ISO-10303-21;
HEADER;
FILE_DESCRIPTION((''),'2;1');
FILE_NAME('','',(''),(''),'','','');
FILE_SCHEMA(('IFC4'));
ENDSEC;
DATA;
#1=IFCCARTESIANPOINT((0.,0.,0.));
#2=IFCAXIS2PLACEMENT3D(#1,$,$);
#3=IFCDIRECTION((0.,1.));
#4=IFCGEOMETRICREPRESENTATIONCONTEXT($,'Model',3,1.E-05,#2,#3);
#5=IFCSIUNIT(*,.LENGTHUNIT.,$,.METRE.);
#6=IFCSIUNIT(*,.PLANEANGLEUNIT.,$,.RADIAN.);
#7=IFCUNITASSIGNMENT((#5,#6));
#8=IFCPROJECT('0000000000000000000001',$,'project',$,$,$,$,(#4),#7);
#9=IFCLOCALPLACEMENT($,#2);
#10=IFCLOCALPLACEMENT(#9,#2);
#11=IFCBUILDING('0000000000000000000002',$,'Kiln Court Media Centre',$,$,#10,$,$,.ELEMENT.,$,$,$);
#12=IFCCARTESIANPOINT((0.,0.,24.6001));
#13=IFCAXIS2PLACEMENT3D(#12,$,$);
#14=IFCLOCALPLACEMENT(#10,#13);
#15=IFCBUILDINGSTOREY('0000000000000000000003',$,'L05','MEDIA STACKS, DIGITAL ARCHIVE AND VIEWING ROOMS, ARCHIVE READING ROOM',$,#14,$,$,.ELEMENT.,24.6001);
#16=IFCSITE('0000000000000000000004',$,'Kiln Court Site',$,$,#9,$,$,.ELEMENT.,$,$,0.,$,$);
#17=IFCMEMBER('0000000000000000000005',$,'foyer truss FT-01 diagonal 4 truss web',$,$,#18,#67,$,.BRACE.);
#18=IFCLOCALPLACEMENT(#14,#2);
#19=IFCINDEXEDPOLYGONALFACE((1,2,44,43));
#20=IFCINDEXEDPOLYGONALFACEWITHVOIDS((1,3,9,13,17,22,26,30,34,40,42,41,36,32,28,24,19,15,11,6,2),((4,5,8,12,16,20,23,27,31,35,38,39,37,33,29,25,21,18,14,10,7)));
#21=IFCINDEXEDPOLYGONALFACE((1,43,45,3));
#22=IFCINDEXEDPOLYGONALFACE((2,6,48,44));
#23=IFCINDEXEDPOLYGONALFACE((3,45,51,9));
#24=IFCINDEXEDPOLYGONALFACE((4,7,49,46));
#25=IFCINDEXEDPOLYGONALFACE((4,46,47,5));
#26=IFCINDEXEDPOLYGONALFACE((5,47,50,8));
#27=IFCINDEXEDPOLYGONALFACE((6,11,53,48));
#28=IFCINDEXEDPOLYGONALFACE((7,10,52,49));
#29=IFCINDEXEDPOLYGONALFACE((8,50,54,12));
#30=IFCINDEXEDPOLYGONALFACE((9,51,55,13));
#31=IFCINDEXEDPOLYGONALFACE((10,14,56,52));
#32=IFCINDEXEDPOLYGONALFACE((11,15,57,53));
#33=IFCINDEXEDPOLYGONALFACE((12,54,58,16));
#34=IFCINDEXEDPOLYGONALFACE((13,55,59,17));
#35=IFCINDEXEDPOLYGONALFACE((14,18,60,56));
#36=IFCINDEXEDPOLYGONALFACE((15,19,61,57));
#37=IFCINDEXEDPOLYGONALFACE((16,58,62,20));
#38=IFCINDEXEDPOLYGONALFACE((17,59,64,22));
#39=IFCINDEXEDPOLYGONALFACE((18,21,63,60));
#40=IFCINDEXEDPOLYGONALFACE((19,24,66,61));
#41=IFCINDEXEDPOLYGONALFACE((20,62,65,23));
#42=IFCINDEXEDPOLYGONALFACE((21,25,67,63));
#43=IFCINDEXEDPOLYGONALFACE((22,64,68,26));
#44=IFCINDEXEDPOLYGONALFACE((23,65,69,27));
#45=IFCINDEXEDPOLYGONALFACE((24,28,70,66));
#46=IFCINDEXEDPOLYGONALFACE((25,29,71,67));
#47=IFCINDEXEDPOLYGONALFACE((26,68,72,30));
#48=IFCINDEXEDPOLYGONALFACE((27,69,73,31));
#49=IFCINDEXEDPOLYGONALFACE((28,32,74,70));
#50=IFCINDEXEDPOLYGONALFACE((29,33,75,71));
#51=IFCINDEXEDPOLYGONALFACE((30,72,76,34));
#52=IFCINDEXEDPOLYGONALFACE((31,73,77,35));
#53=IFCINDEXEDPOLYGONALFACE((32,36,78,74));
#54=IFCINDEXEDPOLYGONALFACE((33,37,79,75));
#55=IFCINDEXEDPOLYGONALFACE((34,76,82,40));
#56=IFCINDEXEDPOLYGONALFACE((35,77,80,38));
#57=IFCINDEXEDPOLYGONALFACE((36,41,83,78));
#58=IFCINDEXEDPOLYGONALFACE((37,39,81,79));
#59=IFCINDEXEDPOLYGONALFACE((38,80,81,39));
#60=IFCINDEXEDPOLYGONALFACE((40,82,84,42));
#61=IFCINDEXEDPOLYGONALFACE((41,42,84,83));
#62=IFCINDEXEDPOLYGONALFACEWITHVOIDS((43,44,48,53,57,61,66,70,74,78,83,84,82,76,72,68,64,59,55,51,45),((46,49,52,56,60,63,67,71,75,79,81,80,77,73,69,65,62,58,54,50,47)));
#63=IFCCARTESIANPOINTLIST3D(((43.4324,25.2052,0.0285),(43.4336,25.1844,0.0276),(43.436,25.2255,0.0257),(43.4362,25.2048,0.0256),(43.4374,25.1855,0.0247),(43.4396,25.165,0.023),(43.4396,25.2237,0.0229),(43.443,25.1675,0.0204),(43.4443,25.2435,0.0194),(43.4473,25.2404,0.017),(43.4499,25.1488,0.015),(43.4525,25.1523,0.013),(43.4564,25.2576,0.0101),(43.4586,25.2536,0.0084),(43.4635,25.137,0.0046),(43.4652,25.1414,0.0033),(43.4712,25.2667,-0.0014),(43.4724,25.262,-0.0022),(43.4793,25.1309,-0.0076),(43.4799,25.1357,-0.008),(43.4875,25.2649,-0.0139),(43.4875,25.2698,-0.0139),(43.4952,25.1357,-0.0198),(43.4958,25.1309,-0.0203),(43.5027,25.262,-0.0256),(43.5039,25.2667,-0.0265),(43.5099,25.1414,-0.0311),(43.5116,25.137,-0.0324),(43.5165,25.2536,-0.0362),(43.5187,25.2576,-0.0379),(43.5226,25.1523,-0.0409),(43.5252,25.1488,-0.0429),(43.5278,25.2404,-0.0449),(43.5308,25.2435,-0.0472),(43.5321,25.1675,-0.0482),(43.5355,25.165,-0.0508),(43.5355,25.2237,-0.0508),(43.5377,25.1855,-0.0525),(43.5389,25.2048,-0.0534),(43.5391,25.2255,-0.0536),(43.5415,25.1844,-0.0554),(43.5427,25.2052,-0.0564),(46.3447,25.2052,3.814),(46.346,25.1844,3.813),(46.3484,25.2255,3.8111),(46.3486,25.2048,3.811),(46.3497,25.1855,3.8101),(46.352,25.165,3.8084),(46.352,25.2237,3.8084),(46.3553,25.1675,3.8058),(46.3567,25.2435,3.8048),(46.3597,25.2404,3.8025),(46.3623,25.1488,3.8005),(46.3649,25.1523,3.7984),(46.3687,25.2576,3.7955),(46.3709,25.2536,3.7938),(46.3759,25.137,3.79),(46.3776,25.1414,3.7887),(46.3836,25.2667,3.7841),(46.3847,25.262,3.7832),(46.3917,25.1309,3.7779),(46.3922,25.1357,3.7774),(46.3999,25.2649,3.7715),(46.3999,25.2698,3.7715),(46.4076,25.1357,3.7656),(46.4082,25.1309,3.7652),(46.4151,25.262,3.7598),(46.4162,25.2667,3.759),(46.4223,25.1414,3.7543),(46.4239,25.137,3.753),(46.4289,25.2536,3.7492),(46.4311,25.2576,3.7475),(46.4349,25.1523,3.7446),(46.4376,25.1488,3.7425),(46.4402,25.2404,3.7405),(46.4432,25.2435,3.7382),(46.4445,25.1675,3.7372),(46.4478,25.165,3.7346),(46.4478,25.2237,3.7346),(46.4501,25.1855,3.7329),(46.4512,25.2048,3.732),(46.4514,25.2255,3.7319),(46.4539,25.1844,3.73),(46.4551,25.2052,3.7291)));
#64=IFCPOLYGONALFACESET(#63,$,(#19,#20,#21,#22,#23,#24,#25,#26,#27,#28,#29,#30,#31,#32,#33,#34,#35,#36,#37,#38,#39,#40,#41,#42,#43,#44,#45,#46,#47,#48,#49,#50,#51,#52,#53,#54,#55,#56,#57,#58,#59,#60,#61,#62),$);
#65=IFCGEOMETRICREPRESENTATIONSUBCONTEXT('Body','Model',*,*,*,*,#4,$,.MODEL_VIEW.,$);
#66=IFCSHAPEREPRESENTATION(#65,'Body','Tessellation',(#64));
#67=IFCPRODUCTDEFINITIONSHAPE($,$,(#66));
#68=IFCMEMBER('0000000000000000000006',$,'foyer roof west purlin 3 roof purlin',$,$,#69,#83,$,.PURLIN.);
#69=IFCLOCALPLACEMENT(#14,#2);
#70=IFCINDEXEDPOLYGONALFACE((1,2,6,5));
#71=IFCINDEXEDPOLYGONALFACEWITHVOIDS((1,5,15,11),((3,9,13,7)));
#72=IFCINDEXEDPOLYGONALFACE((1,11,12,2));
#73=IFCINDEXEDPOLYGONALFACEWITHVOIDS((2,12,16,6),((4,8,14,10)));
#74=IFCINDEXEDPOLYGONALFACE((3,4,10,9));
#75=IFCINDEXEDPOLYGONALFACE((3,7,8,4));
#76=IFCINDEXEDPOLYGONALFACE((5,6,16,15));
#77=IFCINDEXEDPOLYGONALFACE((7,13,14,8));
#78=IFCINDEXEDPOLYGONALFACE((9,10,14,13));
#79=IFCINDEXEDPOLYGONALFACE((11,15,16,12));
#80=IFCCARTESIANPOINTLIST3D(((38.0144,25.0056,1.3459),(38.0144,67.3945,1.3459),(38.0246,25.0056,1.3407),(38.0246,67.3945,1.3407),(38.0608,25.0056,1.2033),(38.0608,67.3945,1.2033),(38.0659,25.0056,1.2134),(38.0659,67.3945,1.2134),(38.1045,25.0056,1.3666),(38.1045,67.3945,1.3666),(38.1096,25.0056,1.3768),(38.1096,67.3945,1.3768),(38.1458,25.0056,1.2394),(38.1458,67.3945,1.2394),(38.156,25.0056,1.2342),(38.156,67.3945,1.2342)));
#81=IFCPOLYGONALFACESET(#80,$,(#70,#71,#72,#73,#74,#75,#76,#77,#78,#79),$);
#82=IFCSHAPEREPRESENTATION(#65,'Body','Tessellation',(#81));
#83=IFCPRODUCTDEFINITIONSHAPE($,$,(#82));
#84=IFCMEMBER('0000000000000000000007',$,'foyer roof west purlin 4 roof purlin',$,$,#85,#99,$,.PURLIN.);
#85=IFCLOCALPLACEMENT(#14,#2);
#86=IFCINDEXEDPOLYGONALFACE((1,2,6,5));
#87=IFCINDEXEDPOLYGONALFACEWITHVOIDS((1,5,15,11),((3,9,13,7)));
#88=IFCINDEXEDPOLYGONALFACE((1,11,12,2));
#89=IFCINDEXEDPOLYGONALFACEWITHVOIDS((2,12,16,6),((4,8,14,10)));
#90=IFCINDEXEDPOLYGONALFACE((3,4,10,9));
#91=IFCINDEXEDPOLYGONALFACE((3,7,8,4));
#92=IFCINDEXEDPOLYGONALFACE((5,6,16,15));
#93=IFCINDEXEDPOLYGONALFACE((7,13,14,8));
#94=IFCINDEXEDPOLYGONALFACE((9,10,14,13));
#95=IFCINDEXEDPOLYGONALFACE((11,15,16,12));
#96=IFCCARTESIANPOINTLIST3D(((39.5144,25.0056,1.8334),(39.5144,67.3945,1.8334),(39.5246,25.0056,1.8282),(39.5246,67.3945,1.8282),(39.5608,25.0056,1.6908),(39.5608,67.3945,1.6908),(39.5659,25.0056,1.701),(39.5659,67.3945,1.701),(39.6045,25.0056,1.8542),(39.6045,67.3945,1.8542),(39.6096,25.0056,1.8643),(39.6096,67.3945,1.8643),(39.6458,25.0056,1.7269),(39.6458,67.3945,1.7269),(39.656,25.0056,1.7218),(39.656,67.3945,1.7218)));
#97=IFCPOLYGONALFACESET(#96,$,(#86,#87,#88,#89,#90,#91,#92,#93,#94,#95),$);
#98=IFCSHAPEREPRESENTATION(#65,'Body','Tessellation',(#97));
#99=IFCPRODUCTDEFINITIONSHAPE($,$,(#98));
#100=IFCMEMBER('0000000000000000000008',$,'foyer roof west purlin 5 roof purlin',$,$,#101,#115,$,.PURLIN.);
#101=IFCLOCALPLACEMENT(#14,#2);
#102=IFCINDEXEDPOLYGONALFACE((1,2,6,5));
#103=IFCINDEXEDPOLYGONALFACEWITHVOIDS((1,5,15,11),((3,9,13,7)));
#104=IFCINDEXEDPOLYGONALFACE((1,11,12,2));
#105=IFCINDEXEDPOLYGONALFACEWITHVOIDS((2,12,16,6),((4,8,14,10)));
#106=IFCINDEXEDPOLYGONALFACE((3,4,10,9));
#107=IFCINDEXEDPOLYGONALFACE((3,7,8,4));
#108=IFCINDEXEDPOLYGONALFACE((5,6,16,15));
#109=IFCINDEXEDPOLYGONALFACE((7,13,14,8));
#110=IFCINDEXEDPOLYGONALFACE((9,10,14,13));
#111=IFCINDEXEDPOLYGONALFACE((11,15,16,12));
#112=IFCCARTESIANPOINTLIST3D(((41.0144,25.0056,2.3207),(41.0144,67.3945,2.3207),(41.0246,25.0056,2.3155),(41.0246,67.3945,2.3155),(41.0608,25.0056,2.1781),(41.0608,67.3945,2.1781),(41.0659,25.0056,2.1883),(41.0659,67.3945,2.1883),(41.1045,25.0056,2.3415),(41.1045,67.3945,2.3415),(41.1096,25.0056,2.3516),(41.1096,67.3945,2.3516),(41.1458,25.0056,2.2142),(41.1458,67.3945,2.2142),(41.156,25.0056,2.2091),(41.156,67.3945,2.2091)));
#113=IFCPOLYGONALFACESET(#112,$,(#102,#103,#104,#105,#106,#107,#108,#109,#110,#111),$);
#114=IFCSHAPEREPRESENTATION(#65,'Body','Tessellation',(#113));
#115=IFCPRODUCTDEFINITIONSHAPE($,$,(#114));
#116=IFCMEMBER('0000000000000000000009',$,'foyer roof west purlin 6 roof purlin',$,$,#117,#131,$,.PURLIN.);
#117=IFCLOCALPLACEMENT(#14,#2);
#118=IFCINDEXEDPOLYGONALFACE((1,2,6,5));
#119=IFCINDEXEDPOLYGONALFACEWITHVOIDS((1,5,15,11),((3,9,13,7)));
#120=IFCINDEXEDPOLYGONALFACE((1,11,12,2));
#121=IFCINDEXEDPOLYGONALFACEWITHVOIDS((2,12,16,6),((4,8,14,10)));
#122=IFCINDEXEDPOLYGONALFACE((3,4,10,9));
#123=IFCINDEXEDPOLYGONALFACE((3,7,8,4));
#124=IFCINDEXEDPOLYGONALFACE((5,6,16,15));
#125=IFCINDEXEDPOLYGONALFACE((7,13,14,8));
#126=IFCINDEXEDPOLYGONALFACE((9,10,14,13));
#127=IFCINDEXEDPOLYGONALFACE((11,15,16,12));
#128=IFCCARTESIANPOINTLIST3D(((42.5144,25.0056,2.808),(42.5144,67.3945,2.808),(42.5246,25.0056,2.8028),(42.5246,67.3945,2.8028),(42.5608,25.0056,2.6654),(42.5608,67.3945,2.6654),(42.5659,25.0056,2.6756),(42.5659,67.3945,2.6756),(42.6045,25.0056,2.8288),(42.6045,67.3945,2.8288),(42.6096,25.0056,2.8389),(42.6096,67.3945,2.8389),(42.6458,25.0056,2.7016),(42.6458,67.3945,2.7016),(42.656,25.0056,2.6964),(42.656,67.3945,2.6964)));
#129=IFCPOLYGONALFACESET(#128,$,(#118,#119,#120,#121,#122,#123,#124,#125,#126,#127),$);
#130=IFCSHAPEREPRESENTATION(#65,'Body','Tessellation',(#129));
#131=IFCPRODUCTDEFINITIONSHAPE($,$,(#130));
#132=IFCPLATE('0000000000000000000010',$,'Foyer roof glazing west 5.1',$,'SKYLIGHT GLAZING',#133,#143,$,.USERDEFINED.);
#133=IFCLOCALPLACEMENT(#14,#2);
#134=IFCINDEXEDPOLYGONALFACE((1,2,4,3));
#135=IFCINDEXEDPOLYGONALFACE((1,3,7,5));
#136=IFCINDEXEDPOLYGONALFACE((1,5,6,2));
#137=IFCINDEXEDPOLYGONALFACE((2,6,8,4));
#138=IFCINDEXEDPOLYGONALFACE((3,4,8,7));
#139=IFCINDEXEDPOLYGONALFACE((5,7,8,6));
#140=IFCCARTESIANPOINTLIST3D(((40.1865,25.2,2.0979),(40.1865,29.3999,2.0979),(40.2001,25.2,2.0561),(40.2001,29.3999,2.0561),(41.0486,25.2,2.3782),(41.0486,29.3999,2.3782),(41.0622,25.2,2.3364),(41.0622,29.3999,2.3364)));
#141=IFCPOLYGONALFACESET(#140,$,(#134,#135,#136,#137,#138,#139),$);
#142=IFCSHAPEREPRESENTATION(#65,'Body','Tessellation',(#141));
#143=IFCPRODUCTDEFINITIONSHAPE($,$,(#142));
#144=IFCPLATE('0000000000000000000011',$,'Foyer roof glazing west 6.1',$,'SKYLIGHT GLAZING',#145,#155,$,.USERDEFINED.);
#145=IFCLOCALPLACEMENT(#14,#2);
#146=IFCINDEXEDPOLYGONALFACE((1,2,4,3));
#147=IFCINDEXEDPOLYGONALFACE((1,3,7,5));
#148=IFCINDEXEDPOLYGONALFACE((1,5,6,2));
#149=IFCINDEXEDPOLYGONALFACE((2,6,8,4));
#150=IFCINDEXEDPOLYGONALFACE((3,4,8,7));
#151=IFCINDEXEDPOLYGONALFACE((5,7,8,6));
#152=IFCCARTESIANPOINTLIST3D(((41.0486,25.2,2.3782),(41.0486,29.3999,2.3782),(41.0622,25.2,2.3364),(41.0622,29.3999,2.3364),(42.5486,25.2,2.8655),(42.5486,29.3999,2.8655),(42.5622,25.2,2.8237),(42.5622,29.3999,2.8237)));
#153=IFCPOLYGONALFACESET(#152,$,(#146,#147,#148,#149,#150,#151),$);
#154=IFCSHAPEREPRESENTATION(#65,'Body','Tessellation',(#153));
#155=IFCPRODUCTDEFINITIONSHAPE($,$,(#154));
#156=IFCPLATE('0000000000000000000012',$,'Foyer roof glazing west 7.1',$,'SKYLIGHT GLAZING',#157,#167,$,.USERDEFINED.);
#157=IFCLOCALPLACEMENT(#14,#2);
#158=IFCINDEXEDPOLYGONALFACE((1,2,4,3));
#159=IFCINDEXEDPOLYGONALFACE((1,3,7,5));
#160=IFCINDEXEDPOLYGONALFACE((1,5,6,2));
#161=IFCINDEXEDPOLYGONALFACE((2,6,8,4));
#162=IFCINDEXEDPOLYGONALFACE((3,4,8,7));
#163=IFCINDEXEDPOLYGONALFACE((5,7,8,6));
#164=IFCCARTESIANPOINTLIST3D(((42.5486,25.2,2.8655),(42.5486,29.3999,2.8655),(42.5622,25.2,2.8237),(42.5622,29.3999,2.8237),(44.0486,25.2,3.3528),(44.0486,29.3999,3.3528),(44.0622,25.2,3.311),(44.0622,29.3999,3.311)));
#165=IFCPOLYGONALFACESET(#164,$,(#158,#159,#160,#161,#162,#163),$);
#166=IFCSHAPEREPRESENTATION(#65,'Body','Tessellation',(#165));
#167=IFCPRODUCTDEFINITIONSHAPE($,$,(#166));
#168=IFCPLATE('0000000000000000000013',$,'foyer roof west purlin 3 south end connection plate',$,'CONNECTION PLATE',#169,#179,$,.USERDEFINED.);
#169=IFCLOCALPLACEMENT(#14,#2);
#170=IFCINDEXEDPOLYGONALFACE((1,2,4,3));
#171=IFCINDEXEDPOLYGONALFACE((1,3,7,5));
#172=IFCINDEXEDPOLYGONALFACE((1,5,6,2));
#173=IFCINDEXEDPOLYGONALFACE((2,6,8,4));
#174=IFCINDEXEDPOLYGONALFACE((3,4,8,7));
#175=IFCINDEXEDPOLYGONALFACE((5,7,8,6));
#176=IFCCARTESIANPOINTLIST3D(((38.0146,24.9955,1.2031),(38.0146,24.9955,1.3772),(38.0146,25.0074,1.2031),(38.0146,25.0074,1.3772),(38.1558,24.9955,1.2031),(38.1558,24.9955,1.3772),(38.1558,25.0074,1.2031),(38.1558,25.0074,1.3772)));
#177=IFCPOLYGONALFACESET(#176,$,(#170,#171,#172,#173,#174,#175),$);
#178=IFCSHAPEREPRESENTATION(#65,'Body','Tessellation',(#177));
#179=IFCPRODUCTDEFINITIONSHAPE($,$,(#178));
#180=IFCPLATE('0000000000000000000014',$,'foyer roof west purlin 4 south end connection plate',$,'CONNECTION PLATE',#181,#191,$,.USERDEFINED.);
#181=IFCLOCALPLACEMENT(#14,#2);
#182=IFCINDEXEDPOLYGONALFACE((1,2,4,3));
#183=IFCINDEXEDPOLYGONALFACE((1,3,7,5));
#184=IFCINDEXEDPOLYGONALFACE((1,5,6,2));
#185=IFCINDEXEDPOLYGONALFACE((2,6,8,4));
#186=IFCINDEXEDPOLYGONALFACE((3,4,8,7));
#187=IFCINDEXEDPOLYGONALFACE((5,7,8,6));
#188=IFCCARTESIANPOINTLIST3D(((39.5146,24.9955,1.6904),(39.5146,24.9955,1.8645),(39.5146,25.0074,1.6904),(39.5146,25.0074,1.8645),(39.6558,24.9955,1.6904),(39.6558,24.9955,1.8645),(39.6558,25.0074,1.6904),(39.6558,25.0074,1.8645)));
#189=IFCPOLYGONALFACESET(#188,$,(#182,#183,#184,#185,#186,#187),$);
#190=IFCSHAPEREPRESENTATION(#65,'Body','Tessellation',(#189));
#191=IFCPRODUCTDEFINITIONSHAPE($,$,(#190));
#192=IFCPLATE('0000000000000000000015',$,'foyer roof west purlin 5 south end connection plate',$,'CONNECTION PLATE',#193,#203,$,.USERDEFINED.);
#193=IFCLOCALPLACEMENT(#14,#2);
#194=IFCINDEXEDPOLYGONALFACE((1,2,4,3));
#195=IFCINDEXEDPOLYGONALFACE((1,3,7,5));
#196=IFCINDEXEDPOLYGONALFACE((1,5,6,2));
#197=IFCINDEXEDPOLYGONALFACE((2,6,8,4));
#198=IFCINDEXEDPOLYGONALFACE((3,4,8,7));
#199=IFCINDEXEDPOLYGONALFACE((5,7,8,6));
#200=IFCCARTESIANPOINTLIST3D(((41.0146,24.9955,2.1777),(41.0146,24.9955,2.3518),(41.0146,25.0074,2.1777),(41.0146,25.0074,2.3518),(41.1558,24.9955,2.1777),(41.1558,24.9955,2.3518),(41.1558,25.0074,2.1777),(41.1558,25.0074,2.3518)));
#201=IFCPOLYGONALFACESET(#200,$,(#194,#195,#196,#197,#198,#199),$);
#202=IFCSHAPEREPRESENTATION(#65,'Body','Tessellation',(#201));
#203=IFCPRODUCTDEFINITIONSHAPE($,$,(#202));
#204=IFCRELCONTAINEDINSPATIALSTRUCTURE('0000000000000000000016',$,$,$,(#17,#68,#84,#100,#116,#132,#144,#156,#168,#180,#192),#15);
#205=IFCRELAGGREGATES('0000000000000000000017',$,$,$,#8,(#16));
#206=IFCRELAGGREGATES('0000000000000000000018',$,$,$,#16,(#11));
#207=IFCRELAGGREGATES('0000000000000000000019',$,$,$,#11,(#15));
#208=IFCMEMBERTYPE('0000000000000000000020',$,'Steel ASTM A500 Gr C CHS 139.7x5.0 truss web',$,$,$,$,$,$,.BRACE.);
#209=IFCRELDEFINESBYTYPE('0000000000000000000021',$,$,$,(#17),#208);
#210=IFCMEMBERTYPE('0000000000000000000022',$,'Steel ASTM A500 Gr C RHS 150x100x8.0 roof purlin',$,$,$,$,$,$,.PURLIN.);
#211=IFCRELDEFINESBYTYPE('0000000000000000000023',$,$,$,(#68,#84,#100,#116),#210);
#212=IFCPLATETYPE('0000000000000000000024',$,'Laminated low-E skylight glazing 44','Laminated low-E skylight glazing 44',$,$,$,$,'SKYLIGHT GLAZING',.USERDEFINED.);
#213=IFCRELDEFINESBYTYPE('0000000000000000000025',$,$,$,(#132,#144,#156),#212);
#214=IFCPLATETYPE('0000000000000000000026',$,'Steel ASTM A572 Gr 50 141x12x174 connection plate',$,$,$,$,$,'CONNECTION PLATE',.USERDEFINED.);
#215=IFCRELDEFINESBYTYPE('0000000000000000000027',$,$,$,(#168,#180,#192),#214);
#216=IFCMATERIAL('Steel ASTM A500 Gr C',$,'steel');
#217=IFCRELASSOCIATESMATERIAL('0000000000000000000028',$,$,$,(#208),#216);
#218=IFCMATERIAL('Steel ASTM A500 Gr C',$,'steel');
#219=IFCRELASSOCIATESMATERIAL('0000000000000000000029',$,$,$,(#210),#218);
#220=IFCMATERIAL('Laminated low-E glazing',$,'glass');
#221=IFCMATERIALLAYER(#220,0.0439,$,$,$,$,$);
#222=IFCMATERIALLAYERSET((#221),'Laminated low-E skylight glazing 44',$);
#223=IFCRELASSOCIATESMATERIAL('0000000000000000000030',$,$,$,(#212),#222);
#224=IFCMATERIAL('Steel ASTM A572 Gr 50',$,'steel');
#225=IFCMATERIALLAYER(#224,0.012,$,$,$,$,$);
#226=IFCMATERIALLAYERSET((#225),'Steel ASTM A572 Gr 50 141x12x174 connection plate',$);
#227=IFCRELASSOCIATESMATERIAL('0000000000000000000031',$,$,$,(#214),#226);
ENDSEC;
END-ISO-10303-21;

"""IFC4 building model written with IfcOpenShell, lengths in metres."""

from ifc_helpers import new_model, si_unit, direction, frame, origin, origin_2d, place, context, subcontext, project, spatial, polyline, rectangle, hollow_rectangle, hollow_circle, outline, extrude, material, layer, layer_set, material_profile, profile_set, type_object, element, save


model = new_model("IFC4")

# Units and contexts
model_context = context("Model", 3, precision=1e-05, world=origin(), true_north=direction((0.0, 1.0)))
body_context = subcontext(model_context, "Body", "Model", "MODEL_VIEW")
ifc_project = project(units=[si_unit("LENGTHUNIT", "METRE"), si_unit("PLANEANGLEUNIT", "RADIAN")], contexts=[model_context])

# Site, building, storey
site_placement = place(None, origin())
site = spatial("IfcSite", under=ifc_project, at=site_placement, Name="Kiln Court Site", CompositionType="ELEMENT", RefElevation=0.0)
building_placement = place(site_placement, origin())
building = spatial("IfcBuilding", under=site, at=building_placement, Name="Kiln Court Media Centre", CompositionType="ELEMENT")
storey_placement = place(building_placement, frame((0.0, 0.0, 24.6001)))
storey = spatial("IfcBuildingStorey", under=building, at=storey_placement, Name="L05", Description="MEDIA STACKS, DIGITAL ARCHIVE AND VIEWING ROOMS, ARCHIVE READING ROOM", CompositionType="ELEMENT", Elevation=24.6001)

# Members
ifc_material_1 = material(Name="Steel ASTM A500 Gr C", Category="steel")
ifc_material_profile_1 = material_profile(ifc_material_1, hollow_circle(Radius=0.0698, WallThickness=0.0049, at=origin_2d()), Name="CHS 139.7x5.0")
ifc_profile_set_1 = profile_set([ifc_material_profile_1], Name="Steel ASTM A500 Gr C")
member_type_1 = type_object("IfcMemberType", Name="Steel ASTM A500 Gr C CHS 139.7x5.0 truss web", PredefinedType="BRACE", material=ifc_profile_set_1)
member_1_placement = place(storey_placement, frame((43.4875, 25.2, -0.0139), z_axis=(0.609777, 0.0, 0.792573), x_axis=(0.0, 1.0, 0.0)))
element("IfcMember", 1, at=member_1_placement, inside=storey, type_object=member_type_1, Name="foyer truss FT-01 diagonal 4 truss web", PredefinedType="BRACE", context=body_context, shape_type="SweptSolid", body=[
    extrude(hollow_circle(Radius=0.0698, WallThickness=0.0049, at=origin_2d()), origin(), (0.0, 0.0, 1.0), 4.7761),
])
ifc_material_2 = material(Name="Steel ASTM A500 Gr C", Category="steel")
ifc_material_profile_2 = material_profile(ifc_material_2, hollow_rectangle(XDim=0.1001, YDim=0.1499, WallThickness=0.0081, at=origin_2d()), Name="RHS 150x100x8.0")
ifc_profile_set_2 = profile_set([ifc_material_profile_2], Name="Steel ASTM A500 Gr C")
member_type_2 = type_object("IfcMemberType", Name="Steel ASTM A500 Gr C RHS 150x100x8.0 roof purlin", PredefinedType="PURLIN", material=ifc_profile_set_2)
for number, where, z_axis, x_axis, name in (
    (2, (38.0852, 25.0056, 1.29), (0.0, 1.0, 0.0), (-0.951057, 0.0, -0.309017), "foyer roof west purlin 3 roof purlin"),
    (3, (39.5852, 25.0056, 1.7776), (0.0, 1.0, 0.0), (-0.951057, 0.0, -0.309017), "foyer roof west purlin 4 roof purlin"),
    (4, (41.0852, 25.0056, 2.2649), (0.0, 1.0, 0.0), (-0.951057, 0.0, -0.309017), "foyer roof west purlin 5 roof purlin"),
    (5, (42.5852, 25.0056, 2.7522), (0.0, 1.0, 0.0), (-0.951057, 0.0, -0.309017), "foyer roof west purlin 6 roof purlin"),
):
    element("IfcMember", number, at=place(storey_placement, frame(where, z_axis=z_axis, x_axis=x_axis)), inside=storey, type_object=member_type_2, Name=name, PredefinedType="PURLIN", context=body_context, shape_type="SweptSolid", body=[
        extrude(hollow_rectangle(XDim=0.1001, YDim=0.1499, WallThickness=0.0081, at=origin_2d()), origin(), (0.0, 0.0, 1.0), 42.3889),
    ])

# Plates
ifc_material_3 = material(Name="Laminated low-E glazing", Category="glass")
ifc_layer_1 = layer(ifc_material_3, 0.0439)
ifc_layer_set_1 = layer_set([ifc_layer_1], Name="Laminated low-E skylight glazing 44")
plate_type_1 = type_object("IfcPlateType", Name="Laminated low-E skylight glazing 44", Description="Laminated low-E skylight glazing 44", ElementType="SKYLIGHT GLAZING", PredefinedType="USERDEFINED", material=ifc_layer_set_1)
plate_placement = place(storey_placement, frame((40.1865, 25.2, 2.0979), z_axis=(-0.30919, 0.0, 0.951), x_axis=(0.951, 0.0, 0.30919)))
element("IfcPlate", 6, at=plate_placement, inside=storey, type_object=plate_type_1, Name="Foyer roof glazing west 5.1", ObjectType="SKYLIGHT GLAZING", PredefinedType="USERDEFINED", context=body_context, shape_type="SweptSolid", body=[
    extrude(outline(polyline([(0.0, 0.0), (0.9065, 0.0), (0.9065, 4.2), (0.0, 4.2), (0.0, 0.0)])), origin(), (0.0, 0.0, -1.0), 0.0439),
])
for number, where, z_axis, x_axis, name in (
    (7, (41.0486, 25.2, 2.3782), (-0.308974, 0.0, 0.95107), (0.95107, 0.0, 0.308974), "Foyer roof glazing west 6.1"),
    (8, (42.5486, 25.2, 2.8655), (-0.308974, 0.0, 0.95107), (0.95107, 0.0, 0.308974), "Foyer roof glazing west 7.1"),
):
    element("IfcPlate", number, at=place(storey_placement, frame(where, z_axis=z_axis, x_axis=x_axis)), inside=storey, type_object=plate_type_1, Name=name, ObjectType="SKYLIGHT GLAZING", PredefinedType="USERDEFINED", context=body_context, shape_type="SweptSolid", body=[
        extrude(outline(polyline([(0.0, 0.0), (1.5772, 0.0), (1.5772, 4.2), (0.0, 4.2), (0.0, 0.0)])), origin(), (0.0, 0.0, -1.0), 0.0439),
    ])
ifc_material_4 = material(Name="Steel ASTM A572 Gr 50", Category="steel")
ifc_layer_2 = layer(ifc_material_4, 0.012)
ifc_layer_set_2 = layer_set([ifc_layer_2], Name="Steel ASTM A572 Gr 50 141x12x174 connection plate")
plate_type_2 = type_object("IfcPlateType", Name="Steel ASTM A572 Gr 50 141x12x174 connection plate", ElementType="CONNECTION PLATE", PredefinedType="USERDEFINED", material=ifc_layer_set_2)
for number, where, z_axis, x_axis, name in (
    (9, (38.0852, 25.0015, 1.2031), (0.0, 0.0, 1.0), (1.0, 0.0, 0.0), "foyer roof west purlin 3 south end connection plate"),
    (10, (39.5852, 25.0015, 1.6904), (0.0, 0.0, 1.0), (1.0, 0.0, 0.0), "foyer roof west purlin 4 south end connection plate"),
    (11, (41.0852, 25.0015, 2.1777), (0.0, 0.0, 1.0), (1.0, 0.0, 0.0), "foyer roof west purlin 5 south end connection plate"),
):
    element("IfcPlate", number, at=place(storey_placement, frame(where, z_axis=z_axis, x_axis=x_axis)), inside=storey, type_object=plate_type_2, Name=name, ObjectType="CONNECTION PLATE", PredefinedType="USERDEFINED", context=body_context, shape_type="SweptSolid", body=[
        extrude(rectangle(XDim=0.1411, YDim=0.012, at=origin_2d()), origin(), (0.0, 0.0, 1.0), 0.1741),
    ])

save(model, "model.ifc")
